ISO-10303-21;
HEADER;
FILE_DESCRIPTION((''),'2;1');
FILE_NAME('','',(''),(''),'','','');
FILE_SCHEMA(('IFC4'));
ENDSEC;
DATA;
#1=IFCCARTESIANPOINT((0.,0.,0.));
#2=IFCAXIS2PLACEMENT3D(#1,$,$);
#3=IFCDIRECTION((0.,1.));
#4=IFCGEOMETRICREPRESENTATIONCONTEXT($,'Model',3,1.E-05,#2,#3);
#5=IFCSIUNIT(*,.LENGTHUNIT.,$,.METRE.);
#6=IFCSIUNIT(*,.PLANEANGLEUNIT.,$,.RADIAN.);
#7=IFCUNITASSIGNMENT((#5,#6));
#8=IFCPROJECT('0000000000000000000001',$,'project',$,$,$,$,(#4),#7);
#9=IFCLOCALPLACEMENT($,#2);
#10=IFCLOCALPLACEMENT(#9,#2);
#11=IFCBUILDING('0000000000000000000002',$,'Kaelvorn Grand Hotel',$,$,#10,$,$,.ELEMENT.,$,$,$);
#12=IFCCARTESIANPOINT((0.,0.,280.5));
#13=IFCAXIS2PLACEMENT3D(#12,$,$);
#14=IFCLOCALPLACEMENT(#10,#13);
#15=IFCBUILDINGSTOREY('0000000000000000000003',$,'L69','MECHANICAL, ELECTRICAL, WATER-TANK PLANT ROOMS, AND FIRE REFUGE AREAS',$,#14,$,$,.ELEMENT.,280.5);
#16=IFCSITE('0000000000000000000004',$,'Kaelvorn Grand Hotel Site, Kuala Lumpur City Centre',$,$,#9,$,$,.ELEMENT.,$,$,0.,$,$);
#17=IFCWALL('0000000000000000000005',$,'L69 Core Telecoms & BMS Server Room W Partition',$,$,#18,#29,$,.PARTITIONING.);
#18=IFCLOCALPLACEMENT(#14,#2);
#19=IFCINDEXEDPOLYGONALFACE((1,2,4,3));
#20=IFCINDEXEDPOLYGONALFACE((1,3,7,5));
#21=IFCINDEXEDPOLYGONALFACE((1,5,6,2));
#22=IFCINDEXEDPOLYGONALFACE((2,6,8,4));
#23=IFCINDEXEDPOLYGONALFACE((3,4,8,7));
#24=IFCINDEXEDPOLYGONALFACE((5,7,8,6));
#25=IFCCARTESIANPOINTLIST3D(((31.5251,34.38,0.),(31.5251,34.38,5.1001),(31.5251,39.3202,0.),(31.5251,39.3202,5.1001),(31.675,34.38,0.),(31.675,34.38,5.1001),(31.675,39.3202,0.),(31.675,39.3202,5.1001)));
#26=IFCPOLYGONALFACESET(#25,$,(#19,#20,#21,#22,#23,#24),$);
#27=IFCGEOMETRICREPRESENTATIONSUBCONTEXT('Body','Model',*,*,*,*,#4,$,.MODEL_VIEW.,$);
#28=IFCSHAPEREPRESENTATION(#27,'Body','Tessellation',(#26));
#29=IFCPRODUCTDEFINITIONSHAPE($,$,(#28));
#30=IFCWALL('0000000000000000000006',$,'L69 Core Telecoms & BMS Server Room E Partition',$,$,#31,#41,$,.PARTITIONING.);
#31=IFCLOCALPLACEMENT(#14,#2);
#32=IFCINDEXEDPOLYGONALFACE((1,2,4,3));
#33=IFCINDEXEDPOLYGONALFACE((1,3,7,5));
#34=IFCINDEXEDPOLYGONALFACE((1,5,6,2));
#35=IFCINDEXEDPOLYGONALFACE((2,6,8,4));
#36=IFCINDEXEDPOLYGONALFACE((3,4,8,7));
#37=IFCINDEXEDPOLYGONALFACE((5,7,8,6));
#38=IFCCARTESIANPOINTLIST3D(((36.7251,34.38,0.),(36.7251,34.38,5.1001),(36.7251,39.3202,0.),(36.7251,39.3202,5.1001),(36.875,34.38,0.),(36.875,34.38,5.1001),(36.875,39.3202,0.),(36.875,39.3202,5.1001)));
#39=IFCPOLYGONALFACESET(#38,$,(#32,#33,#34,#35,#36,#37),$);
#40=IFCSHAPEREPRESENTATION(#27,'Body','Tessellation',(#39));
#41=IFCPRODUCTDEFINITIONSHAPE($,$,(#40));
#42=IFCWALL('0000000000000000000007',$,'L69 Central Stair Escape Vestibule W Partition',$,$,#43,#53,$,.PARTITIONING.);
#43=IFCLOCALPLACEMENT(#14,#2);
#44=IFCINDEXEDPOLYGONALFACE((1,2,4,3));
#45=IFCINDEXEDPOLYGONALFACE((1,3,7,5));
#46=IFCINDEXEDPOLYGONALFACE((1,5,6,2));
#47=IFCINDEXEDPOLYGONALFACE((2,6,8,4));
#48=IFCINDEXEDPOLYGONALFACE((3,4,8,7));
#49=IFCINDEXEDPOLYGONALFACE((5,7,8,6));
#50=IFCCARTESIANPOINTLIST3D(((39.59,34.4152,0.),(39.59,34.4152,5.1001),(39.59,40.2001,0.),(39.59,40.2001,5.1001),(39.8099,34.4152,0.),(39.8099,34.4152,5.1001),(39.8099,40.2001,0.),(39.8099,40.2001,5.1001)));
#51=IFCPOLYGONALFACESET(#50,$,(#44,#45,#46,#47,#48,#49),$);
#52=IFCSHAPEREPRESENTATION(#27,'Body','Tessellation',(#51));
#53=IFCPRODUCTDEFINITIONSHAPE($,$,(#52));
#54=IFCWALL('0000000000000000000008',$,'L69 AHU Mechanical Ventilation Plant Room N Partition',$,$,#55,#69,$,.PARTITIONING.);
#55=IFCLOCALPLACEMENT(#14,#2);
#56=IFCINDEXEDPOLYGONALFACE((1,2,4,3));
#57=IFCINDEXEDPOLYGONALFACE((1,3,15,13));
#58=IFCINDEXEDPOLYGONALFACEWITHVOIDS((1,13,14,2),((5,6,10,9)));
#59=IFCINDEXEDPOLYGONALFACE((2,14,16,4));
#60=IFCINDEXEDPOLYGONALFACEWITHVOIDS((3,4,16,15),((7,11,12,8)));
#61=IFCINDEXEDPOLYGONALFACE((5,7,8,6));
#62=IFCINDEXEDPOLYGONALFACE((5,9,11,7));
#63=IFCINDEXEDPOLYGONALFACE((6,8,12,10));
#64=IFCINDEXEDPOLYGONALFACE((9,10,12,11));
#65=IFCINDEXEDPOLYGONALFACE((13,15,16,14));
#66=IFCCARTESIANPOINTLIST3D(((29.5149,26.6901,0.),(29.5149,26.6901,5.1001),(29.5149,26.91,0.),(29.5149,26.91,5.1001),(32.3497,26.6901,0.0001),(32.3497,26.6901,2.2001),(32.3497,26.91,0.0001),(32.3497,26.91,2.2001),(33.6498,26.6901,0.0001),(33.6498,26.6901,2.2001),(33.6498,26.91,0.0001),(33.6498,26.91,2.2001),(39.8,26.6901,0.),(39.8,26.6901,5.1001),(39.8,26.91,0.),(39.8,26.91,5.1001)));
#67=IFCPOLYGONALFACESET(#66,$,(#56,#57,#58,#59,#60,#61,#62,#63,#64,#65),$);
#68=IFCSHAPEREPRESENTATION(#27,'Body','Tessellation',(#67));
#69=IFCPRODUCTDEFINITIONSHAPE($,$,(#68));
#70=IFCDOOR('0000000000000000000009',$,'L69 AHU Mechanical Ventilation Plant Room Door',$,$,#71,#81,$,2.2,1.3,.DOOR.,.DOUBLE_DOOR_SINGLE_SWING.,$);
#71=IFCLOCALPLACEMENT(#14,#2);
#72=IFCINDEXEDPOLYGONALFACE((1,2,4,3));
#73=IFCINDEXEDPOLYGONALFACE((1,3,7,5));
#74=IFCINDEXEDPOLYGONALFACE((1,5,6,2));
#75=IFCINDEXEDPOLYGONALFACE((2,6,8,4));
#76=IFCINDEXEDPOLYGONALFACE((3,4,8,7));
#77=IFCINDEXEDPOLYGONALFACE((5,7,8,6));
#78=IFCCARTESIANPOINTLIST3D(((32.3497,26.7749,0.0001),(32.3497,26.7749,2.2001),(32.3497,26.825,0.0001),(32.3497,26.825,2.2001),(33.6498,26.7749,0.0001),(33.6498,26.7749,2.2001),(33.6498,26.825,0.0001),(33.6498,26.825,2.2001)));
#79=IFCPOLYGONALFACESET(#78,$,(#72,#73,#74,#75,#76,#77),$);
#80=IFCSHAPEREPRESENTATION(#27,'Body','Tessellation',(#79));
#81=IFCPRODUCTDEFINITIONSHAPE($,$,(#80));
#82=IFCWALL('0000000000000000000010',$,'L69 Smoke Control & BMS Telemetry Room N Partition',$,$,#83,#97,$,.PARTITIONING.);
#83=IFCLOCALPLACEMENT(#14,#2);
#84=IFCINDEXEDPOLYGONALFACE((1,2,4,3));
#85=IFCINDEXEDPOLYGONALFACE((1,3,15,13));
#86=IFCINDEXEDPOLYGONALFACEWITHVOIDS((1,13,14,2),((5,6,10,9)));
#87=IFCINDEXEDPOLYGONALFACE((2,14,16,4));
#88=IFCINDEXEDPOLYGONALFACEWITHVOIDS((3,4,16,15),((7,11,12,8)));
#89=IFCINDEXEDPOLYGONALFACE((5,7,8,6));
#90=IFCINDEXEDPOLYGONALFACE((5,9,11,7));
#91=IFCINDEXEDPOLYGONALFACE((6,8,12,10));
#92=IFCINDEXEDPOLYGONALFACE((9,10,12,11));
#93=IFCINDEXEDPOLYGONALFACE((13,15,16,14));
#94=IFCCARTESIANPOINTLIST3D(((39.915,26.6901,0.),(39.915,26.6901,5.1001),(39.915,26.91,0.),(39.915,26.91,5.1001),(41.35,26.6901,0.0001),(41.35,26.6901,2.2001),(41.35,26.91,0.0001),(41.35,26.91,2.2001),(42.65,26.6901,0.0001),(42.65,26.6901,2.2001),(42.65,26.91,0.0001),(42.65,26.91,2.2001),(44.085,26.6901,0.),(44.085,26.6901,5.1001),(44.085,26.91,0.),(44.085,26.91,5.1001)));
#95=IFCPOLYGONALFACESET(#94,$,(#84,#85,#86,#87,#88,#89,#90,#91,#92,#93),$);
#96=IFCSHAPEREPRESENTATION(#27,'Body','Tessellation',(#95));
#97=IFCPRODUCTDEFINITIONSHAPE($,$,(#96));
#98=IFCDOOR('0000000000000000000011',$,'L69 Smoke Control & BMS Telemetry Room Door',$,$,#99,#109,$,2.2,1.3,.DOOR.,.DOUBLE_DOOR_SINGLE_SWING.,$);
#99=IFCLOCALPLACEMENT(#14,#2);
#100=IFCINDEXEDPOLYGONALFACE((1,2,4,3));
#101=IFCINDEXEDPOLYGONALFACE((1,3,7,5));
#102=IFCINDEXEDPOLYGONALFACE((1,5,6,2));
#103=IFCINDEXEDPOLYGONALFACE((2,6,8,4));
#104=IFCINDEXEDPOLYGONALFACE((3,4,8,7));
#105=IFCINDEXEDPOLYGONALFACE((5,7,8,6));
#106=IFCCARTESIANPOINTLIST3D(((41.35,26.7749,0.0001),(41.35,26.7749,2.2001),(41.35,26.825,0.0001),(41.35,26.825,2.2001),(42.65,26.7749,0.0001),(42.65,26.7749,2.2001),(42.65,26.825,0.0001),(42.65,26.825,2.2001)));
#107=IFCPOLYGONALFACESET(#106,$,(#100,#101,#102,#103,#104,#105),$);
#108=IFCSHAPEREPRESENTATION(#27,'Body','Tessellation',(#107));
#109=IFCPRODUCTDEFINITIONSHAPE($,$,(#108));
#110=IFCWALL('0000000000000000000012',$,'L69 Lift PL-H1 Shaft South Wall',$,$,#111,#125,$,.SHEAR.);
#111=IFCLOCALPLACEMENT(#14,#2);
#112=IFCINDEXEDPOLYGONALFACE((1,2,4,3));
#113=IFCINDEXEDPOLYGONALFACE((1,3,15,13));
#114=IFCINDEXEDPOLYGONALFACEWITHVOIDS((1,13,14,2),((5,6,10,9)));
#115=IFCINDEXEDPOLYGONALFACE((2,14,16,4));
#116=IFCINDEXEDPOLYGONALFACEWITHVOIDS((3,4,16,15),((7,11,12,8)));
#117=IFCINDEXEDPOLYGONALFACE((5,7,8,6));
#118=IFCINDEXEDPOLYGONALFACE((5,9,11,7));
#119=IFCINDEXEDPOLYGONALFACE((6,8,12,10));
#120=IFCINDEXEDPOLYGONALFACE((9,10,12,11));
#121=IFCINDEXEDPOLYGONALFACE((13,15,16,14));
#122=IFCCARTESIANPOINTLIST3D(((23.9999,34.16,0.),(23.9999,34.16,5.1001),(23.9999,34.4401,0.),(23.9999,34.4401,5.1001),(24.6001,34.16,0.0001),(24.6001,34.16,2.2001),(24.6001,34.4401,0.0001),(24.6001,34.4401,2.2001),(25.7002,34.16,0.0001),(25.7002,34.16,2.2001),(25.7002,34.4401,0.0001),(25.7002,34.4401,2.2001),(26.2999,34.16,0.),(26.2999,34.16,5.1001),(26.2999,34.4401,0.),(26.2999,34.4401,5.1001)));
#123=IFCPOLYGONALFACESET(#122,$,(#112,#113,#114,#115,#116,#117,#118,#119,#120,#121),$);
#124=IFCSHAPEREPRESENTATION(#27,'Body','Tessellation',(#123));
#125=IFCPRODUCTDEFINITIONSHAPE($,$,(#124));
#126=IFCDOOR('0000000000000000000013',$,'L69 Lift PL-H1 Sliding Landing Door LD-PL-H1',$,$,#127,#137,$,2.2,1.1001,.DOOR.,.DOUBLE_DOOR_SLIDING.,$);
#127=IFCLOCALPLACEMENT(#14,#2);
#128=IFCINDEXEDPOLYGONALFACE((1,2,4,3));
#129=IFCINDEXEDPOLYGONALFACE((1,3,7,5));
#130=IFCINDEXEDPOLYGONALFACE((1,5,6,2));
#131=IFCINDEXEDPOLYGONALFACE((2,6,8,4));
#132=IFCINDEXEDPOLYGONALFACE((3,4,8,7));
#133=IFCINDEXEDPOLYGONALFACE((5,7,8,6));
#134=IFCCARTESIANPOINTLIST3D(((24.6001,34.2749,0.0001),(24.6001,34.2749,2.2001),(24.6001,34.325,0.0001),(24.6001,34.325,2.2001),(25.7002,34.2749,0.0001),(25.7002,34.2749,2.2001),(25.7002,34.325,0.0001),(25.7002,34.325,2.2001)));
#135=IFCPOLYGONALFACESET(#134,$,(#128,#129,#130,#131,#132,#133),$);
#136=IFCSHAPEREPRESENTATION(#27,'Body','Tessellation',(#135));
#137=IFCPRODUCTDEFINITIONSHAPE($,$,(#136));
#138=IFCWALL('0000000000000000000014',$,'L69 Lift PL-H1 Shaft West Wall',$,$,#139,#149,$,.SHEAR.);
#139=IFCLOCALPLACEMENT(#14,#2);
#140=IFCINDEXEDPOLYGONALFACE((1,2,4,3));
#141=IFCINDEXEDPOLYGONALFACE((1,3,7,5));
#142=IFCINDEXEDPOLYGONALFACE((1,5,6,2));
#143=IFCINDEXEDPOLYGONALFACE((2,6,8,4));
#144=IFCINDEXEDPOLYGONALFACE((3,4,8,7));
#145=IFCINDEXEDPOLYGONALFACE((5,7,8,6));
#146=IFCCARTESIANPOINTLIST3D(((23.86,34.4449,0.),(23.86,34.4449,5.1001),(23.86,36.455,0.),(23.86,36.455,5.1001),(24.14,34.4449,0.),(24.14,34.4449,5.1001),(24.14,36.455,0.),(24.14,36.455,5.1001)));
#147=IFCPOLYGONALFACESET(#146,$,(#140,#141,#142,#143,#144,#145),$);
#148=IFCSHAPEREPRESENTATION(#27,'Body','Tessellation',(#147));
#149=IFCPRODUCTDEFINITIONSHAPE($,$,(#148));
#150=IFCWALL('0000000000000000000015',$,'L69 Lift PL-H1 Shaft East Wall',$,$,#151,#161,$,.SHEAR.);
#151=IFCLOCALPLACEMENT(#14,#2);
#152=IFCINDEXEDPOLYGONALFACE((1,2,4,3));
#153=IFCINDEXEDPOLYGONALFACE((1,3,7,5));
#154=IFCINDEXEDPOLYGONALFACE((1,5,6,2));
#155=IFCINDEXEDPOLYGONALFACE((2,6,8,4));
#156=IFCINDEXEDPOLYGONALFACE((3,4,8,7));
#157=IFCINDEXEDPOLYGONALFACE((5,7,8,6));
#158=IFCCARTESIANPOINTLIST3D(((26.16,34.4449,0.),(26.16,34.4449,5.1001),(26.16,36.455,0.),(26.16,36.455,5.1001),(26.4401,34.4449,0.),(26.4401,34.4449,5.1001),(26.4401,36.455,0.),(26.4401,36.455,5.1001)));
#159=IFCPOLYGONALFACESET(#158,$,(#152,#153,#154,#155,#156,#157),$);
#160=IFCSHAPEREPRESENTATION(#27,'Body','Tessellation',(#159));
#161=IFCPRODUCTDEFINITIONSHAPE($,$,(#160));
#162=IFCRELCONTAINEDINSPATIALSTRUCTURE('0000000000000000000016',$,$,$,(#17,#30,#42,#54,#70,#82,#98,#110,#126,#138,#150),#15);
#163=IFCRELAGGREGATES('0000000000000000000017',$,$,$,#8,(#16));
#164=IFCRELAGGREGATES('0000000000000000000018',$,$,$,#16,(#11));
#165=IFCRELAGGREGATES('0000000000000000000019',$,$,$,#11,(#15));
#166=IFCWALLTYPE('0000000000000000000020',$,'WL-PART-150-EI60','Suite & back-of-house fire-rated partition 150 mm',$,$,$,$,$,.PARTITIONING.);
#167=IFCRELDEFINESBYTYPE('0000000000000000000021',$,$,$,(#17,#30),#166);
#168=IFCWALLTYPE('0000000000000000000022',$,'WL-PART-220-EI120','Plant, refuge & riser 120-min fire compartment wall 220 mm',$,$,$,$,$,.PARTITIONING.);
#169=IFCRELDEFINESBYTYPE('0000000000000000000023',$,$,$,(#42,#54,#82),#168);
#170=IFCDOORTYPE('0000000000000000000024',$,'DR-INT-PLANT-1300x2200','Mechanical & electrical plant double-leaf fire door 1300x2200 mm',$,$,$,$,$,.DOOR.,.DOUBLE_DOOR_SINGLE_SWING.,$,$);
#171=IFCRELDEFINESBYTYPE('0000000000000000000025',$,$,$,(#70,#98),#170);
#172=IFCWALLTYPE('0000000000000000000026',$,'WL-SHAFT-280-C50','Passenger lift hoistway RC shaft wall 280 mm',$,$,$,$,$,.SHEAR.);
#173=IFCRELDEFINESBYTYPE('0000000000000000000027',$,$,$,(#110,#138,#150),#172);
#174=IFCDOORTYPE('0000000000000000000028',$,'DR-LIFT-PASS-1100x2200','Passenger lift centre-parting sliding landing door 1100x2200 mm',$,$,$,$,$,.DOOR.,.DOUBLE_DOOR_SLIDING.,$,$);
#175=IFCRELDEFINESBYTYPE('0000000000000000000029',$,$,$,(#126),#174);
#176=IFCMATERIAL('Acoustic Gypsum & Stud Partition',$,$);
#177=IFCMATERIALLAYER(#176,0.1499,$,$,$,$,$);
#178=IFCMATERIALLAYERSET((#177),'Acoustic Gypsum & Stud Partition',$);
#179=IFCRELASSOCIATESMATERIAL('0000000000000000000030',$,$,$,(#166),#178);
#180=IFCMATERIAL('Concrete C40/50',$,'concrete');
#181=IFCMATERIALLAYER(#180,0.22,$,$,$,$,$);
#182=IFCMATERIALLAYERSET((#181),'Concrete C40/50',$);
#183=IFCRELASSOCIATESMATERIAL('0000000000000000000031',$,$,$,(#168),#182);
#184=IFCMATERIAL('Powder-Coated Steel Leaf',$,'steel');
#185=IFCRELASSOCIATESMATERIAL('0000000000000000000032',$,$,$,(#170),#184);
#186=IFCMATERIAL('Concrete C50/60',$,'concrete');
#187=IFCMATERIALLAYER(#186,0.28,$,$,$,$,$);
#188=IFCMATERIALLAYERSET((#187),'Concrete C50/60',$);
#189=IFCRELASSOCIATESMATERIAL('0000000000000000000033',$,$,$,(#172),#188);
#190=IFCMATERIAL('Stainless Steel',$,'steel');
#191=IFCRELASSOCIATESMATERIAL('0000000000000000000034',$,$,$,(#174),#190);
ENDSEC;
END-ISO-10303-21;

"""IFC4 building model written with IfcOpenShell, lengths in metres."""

from ifc_helpers import new_model, si_unit, direction, frame, frame_2d, origin, place, context, subcontext, project, spatial, rectangle, extrude, material, layer, layer_set, type_object, element, fill, save


model = new_model("IFC4")

# Units and contexts
model_context = context("Model", 3, precision=1e-05, world=origin(), true_north=direction((0.0, 1.0)))
body_context = subcontext(model_context, "Body", "Model", "MODEL_VIEW")
ifc_project = project(units=[si_unit("LENGTHUNIT", "METRE"), si_unit("PLANEANGLEUNIT", "RADIAN")], contexts=[model_context])

# Site, building, storey
site_placement = place(None, origin())
site = spatial("IfcSite", under=ifc_project, at=site_placement, Name="Kaelvorn Grand Hotel Site, Kuala Lumpur City Centre", CompositionType="ELEMENT", RefElevation=0.0)
building_placement = place(site_placement, origin())
building = spatial("IfcBuilding", under=site, at=building_placement, Name="Kaelvorn Grand Hotel", CompositionType="ELEMENT")
storey_placement = place(building_placement, frame((0.0, 0.0, 280.5)))
storey = spatial("IfcBuildingStorey", under=building, at=storey_placement, Name="L69", Description="MECHANICAL, ELECTRICAL, WATER-TANK PLANT ROOMS, AND FIRE REFUGE AREAS", CompositionType="ELEMENT", Elevation=280.5)

# Shared definitions
ifc_material_1 = material(Name="Concrete C50/60", Category="concrete")

# Shared definitions
ifc_material_2 = material(Name="Acoustic Gypsum & Stud Partition")
ifc_layer_1 = layer(ifc_material_2, 0.1499)
ifc_layer_set_1 = layer_set([ifc_layer_1], Name="Acoustic Gypsum & Stud Partition")
wall_type_1 = type_object("IfcWallType", Name="WL-PART-150-EI60", Description="Suite & back-of-house fire-rated partition 150 mm", PredefinedType="PARTITIONING", material=ifc_layer_set_1)
ifc_material_3 = material(Name="Powder-Coated Steel Leaf", Category="steel")

# Walls
for number, where, z_axis, x_axis, name in (
    (1, (31.6001, 34.3799, 0.0), (0.0, 0.0, 1.0), (0.0, 1.0, 0.0), "L69 Core Telecoms & BMS Server Room W Partition"),
    (2, (36.8, 34.3799, 0.0), (0.0, 0.0, 1.0), (0.0, 1.0, 0.0), "L69 Core Telecoms & BMS Server Room E Partition"),
):
    element("IfcWall", number, at=place(storey_placement, frame(where, z_axis=z_axis, x_axis=x_axis)), inside=storey, type_object=wall_type_1, Name=name, PredefinedType="PARTITIONING", context=body_context, shape_type="SweptSolid", body=[
        extrude(rectangle(XDim=4.9402, YDim=0.1499, at=frame_2d((2.4702, 0.0))), origin(), (0.0, 0.0, 1.0), 5.1001),
    ])

# Shared definitions
ifc_material_4 = material(Name="Concrete C40/50", Category="concrete")
ifc_layer_2 = layer(ifc_material_4, 0.22)
ifc_layer_set_2 = layer_set([ifc_layer_2], Name="Concrete C40/50")
wall_type_2 = type_object("IfcWallType", Name="WL-PART-220-EI120", Description="Plant, refuge & riser 120-min fire compartment wall 220 mm", PredefinedType="PARTITIONING", material=ifc_layer_set_2)

# Wall
wall_1_placement = place(storey_placement, frame((39.7, 34.415, 0.0), z_axis=(0.0, 0.0, 1.0), x_axis=(0.0, 1.0, 0.0)))
element("IfcWall", 3, at=wall_1_placement, inside=storey, type_object=wall_type_2, Name="L69 Central Stair Escape Vestibule W Partition", PredefinedType="PARTITIONING", context=body_context, shape_type="SweptSolid", body=[
    extrude(rectangle(XDim=5.7849, YDim=0.22, at=frame_2d((2.8926, 0.0))), origin(), (0.0, 0.0, 1.0), 5.1001),
])

# Walls, openings, doors
wall_2_placement = place(storey_placement, frame((29.5149, 26.8, 0.0), z_axis=(0.0, 0.0, 1.0), x_axis=(1.0, 0.0, 0.0)))
wall_2 = element("IfcWall", 4, at=wall_2_placement, inside=storey, type_object=wall_type_2, Name="L69 AHU Mechanical Ventilation Plant Room N Partition", PredefinedType="PARTITIONING", context=body_context, shape_type="SweptSolid", body=[
    extrude(rectangle(XDim=10.2852, YDim=0.22, at=frame_2d((5.1426, 0.0))), origin(), (0.0, 0.0, 1.0), 5.1001),
])
opening_1_placement = place(wall_2_placement, frame((2.835, 0.0, 0.0)))
opening_1 = element("IfcOpeningElement", 5, at=opening_1_placement, cuts=wall_2, PredefinedType="OPENING", context=body_context, shape_type="SweptSolid", body=[
    extrude(rectangle(XDim=1.3, YDim=2.2, at=frame_2d((0.6499, 1.1001))), frame((0.0, 0.1201, 0.0), z_axis=(0.0, -1.0, 0.0), x_axis=(1.0, 0.0, 0.0)), (0.0, 0.0, 1.0), 0.24),
])
door_type_1 = type_object("IfcDoorType", Name="DR-INT-PLANT-1300x2200", Description="Mechanical & electrical plant double-leaf fire door 1300x2200 mm", OperationType="DOUBLE_DOOR_SINGLE_SWING", PredefinedType="DOOR", material=ifc_material_3)
door_1_placement = place(opening_1_placement, origin())
door_1 = element("IfcDoor", 6, at=door_1_placement, inside=storey, type_object=door_type_1, Name="L69 AHU Mechanical Ventilation Plant Room Door", OperationType="DOUBLE_DOOR_SINGLE_SWING", OverallHeight=2.2, OverallWidth=1.3, PredefinedType="DOOR", context=body_context, shape_type="SweptSolid", body=[
    extrude(rectangle(XDim=1.3, YDim=2.2, at=frame_2d((0.6499, 1.1001))), frame((0.0, 0.0249, 0.0), z_axis=(0.0, -1.0, 0.0), x_axis=(1.0, 0.0, 0.0)), (0.0, 0.0, 1.0), 0.05),
])
fill(opening_1, door_1)
wall_3_placement = place(storey_placement, frame((39.915, 26.8, 0.0), z_axis=(0.0, 0.0, 1.0), x_axis=(1.0, 0.0, 0.0)))
wall_3 = element("IfcWall", 7, at=wall_3_placement, inside=storey, type_object=wall_type_2, Name="L69 Smoke Control & BMS Telemetry Room N Partition", PredefinedType="PARTITIONING", context=body_context, shape_type="SweptSolid", body=[
    extrude(rectangle(XDim=4.1699, YDim=0.22, at=frame_2d((2.085, 0.0))), origin(), (0.0, 0.0, 1.0), 5.1001),
])
opening_2_placement = place(wall_3_placement, frame((1.4351, 0.0, 0.0)))
opening_2 = element("IfcOpeningElement", 8, at=opening_2_placement, cuts=wall_3, PredefinedType="OPENING", context=body_context, shape_type="SweptSolid", body=[
    extrude(rectangle(XDim=1.3, YDim=2.2, at=frame_2d((0.6499, 1.1001))), frame((0.0, 0.1201, 0.0), z_axis=(0.0, -1.0, 0.0), x_axis=(1.0, 0.0, 0.0)), (0.0, 0.0, 1.0), 0.24),
])
door_2_placement = place(opening_2_placement, origin())
door_2 = element("IfcDoor", 9, at=door_2_placement, inside=storey, type_object=door_type_1, Name="L69 Smoke Control & BMS Telemetry Room Door", OperationType="DOUBLE_DOOR_SINGLE_SWING", OverallHeight=2.2, OverallWidth=1.3, PredefinedType="DOOR", context=body_context, shape_type="SweptSolid", body=[
    extrude(rectangle(XDim=1.3, YDim=2.2, at=frame_2d((0.6499, 1.1001))), frame((0.0, 0.0249, 0.0), z_axis=(0.0, -1.0, 0.0), x_axis=(1.0, 0.0, 0.0)), (0.0, 0.0, 1.0), 0.05),
])
fill(opening_2, door_2)
ifc_layer_3 = layer(ifc_material_1, 0.28)
ifc_layer_set_3 = layer_set([ifc_layer_3], Name="Concrete C50/60")
wall_type_3 = type_object("IfcWallType", Name="WL-SHAFT-280-C50", Description="Passenger lift hoistway RC shaft wall 280 mm", PredefinedType="SHEAR", material=ifc_layer_set_3)
wall_4_placement = place(storey_placement, frame((24.0, 34.3, 0.0), z_axis=(0.0, 0.0, 1.0), x_axis=(1.0, 0.0, 0.0)))
wall_4 = element("IfcWall", 10, at=wall_4_placement, inside=storey, type_object=wall_type_3, Name="L69 Lift PL-H1 Shaft South Wall", PredefinedType="SHEAR", context=body_context, shape_type="SweptSolid", body=[
    extrude(rectangle(XDim=2.3, YDim=0.28, at=frame_2d((1.1499, 0.0))), origin(), (0.0, 0.0, 1.0), 5.1001),
])
opening_3_placement = place(wall_4_placement, frame((0.6001, 0.0, 0.0)))
opening_3 = element("IfcOpeningElement", 11, at=opening_3_placement, cuts=wall_4, PredefinedType="OPENING", context=body_context, shape_type="SweptSolid", body=[
    extrude(rectangle(XDim=1.1001, YDim=2.2, at=frame_2d((0.55, 1.1001))), frame((0.0, 0.1499, 0.0), z_axis=(0.0, -1.0, 0.0), x_axis=(1.0, 0.0, 0.0)), (0.0, 0.0, 1.0), 0.3),
])
ifc_material_5 = material(Name="Stainless Steel", Category="steel")
door_type_2 = type_object("IfcDoorType", Name="DR-LIFT-PASS-1100x2200", Description="Passenger lift centre-parting sliding landing door 1100x2200 mm", OperationType="DOUBLE_DOOR_SLIDING", PredefinedType="DOOR", material=ifc_material_5)
door_3_placement = place(opening_3_placement, origin())
door_3 = element("IfcDoor", 12, at=door_3_placement, inside=storey, type_object=door_type_2, Name="L69 Lift PL-H1 Sliding Landing Door LD-PL-H1", OperationType="DOUBLE_DOOR_SLIDING", OverallHeight=2.2, OverallWidth=1.1001, PredefinedType="DOOR", context=body_context, shape_type="SweptSolid", body=[
    extrude(rectangle(XDim=1.1001, YDim=2.2, at=frame_2d((0.55, 1.1001))), frame((0.0, 0.0249, 0.0), z_axis=(0.0, -1.0, 0.0), x_axis=(1.0, 0.0, 0.0)), (0.0, 0.0, 1.0), 0.05),
])
fill(opening_3, door_3)

# Walls
for number, where, z_axis, x_axis, name in (
    (13, (24.0, 34.4451, 0.0), (0.0, 0.0, 1.0), (0.0, 1.0, 0.0), "L69 Lift PL-H1 Shaft West Wall"),
    (14, (26.3, 34.4451, 0.0), (0.0, 0.0, 1.0), (0.0, 1.0, 0.0), "L69 Lift PL-H1 Shaft East Wall"),
):
    element("IfcWall", number, at=place(storey_placement, frame(where, z_axis=z_axis, x_axis=x_axis)), inside=storey, type_object=wall_type_3, Name=name, PredefinedType="SHEAR", context=body_context, shape_type="SweptSolid", body=[
        extrude(rectangle(XDim=2.01, YDim=0.28, at=frame_2d((1.0049, 0.0))), origin(), (0.0, 0.0, 1.0), 5.1001),
    ])

save(model, "model.ifc")
